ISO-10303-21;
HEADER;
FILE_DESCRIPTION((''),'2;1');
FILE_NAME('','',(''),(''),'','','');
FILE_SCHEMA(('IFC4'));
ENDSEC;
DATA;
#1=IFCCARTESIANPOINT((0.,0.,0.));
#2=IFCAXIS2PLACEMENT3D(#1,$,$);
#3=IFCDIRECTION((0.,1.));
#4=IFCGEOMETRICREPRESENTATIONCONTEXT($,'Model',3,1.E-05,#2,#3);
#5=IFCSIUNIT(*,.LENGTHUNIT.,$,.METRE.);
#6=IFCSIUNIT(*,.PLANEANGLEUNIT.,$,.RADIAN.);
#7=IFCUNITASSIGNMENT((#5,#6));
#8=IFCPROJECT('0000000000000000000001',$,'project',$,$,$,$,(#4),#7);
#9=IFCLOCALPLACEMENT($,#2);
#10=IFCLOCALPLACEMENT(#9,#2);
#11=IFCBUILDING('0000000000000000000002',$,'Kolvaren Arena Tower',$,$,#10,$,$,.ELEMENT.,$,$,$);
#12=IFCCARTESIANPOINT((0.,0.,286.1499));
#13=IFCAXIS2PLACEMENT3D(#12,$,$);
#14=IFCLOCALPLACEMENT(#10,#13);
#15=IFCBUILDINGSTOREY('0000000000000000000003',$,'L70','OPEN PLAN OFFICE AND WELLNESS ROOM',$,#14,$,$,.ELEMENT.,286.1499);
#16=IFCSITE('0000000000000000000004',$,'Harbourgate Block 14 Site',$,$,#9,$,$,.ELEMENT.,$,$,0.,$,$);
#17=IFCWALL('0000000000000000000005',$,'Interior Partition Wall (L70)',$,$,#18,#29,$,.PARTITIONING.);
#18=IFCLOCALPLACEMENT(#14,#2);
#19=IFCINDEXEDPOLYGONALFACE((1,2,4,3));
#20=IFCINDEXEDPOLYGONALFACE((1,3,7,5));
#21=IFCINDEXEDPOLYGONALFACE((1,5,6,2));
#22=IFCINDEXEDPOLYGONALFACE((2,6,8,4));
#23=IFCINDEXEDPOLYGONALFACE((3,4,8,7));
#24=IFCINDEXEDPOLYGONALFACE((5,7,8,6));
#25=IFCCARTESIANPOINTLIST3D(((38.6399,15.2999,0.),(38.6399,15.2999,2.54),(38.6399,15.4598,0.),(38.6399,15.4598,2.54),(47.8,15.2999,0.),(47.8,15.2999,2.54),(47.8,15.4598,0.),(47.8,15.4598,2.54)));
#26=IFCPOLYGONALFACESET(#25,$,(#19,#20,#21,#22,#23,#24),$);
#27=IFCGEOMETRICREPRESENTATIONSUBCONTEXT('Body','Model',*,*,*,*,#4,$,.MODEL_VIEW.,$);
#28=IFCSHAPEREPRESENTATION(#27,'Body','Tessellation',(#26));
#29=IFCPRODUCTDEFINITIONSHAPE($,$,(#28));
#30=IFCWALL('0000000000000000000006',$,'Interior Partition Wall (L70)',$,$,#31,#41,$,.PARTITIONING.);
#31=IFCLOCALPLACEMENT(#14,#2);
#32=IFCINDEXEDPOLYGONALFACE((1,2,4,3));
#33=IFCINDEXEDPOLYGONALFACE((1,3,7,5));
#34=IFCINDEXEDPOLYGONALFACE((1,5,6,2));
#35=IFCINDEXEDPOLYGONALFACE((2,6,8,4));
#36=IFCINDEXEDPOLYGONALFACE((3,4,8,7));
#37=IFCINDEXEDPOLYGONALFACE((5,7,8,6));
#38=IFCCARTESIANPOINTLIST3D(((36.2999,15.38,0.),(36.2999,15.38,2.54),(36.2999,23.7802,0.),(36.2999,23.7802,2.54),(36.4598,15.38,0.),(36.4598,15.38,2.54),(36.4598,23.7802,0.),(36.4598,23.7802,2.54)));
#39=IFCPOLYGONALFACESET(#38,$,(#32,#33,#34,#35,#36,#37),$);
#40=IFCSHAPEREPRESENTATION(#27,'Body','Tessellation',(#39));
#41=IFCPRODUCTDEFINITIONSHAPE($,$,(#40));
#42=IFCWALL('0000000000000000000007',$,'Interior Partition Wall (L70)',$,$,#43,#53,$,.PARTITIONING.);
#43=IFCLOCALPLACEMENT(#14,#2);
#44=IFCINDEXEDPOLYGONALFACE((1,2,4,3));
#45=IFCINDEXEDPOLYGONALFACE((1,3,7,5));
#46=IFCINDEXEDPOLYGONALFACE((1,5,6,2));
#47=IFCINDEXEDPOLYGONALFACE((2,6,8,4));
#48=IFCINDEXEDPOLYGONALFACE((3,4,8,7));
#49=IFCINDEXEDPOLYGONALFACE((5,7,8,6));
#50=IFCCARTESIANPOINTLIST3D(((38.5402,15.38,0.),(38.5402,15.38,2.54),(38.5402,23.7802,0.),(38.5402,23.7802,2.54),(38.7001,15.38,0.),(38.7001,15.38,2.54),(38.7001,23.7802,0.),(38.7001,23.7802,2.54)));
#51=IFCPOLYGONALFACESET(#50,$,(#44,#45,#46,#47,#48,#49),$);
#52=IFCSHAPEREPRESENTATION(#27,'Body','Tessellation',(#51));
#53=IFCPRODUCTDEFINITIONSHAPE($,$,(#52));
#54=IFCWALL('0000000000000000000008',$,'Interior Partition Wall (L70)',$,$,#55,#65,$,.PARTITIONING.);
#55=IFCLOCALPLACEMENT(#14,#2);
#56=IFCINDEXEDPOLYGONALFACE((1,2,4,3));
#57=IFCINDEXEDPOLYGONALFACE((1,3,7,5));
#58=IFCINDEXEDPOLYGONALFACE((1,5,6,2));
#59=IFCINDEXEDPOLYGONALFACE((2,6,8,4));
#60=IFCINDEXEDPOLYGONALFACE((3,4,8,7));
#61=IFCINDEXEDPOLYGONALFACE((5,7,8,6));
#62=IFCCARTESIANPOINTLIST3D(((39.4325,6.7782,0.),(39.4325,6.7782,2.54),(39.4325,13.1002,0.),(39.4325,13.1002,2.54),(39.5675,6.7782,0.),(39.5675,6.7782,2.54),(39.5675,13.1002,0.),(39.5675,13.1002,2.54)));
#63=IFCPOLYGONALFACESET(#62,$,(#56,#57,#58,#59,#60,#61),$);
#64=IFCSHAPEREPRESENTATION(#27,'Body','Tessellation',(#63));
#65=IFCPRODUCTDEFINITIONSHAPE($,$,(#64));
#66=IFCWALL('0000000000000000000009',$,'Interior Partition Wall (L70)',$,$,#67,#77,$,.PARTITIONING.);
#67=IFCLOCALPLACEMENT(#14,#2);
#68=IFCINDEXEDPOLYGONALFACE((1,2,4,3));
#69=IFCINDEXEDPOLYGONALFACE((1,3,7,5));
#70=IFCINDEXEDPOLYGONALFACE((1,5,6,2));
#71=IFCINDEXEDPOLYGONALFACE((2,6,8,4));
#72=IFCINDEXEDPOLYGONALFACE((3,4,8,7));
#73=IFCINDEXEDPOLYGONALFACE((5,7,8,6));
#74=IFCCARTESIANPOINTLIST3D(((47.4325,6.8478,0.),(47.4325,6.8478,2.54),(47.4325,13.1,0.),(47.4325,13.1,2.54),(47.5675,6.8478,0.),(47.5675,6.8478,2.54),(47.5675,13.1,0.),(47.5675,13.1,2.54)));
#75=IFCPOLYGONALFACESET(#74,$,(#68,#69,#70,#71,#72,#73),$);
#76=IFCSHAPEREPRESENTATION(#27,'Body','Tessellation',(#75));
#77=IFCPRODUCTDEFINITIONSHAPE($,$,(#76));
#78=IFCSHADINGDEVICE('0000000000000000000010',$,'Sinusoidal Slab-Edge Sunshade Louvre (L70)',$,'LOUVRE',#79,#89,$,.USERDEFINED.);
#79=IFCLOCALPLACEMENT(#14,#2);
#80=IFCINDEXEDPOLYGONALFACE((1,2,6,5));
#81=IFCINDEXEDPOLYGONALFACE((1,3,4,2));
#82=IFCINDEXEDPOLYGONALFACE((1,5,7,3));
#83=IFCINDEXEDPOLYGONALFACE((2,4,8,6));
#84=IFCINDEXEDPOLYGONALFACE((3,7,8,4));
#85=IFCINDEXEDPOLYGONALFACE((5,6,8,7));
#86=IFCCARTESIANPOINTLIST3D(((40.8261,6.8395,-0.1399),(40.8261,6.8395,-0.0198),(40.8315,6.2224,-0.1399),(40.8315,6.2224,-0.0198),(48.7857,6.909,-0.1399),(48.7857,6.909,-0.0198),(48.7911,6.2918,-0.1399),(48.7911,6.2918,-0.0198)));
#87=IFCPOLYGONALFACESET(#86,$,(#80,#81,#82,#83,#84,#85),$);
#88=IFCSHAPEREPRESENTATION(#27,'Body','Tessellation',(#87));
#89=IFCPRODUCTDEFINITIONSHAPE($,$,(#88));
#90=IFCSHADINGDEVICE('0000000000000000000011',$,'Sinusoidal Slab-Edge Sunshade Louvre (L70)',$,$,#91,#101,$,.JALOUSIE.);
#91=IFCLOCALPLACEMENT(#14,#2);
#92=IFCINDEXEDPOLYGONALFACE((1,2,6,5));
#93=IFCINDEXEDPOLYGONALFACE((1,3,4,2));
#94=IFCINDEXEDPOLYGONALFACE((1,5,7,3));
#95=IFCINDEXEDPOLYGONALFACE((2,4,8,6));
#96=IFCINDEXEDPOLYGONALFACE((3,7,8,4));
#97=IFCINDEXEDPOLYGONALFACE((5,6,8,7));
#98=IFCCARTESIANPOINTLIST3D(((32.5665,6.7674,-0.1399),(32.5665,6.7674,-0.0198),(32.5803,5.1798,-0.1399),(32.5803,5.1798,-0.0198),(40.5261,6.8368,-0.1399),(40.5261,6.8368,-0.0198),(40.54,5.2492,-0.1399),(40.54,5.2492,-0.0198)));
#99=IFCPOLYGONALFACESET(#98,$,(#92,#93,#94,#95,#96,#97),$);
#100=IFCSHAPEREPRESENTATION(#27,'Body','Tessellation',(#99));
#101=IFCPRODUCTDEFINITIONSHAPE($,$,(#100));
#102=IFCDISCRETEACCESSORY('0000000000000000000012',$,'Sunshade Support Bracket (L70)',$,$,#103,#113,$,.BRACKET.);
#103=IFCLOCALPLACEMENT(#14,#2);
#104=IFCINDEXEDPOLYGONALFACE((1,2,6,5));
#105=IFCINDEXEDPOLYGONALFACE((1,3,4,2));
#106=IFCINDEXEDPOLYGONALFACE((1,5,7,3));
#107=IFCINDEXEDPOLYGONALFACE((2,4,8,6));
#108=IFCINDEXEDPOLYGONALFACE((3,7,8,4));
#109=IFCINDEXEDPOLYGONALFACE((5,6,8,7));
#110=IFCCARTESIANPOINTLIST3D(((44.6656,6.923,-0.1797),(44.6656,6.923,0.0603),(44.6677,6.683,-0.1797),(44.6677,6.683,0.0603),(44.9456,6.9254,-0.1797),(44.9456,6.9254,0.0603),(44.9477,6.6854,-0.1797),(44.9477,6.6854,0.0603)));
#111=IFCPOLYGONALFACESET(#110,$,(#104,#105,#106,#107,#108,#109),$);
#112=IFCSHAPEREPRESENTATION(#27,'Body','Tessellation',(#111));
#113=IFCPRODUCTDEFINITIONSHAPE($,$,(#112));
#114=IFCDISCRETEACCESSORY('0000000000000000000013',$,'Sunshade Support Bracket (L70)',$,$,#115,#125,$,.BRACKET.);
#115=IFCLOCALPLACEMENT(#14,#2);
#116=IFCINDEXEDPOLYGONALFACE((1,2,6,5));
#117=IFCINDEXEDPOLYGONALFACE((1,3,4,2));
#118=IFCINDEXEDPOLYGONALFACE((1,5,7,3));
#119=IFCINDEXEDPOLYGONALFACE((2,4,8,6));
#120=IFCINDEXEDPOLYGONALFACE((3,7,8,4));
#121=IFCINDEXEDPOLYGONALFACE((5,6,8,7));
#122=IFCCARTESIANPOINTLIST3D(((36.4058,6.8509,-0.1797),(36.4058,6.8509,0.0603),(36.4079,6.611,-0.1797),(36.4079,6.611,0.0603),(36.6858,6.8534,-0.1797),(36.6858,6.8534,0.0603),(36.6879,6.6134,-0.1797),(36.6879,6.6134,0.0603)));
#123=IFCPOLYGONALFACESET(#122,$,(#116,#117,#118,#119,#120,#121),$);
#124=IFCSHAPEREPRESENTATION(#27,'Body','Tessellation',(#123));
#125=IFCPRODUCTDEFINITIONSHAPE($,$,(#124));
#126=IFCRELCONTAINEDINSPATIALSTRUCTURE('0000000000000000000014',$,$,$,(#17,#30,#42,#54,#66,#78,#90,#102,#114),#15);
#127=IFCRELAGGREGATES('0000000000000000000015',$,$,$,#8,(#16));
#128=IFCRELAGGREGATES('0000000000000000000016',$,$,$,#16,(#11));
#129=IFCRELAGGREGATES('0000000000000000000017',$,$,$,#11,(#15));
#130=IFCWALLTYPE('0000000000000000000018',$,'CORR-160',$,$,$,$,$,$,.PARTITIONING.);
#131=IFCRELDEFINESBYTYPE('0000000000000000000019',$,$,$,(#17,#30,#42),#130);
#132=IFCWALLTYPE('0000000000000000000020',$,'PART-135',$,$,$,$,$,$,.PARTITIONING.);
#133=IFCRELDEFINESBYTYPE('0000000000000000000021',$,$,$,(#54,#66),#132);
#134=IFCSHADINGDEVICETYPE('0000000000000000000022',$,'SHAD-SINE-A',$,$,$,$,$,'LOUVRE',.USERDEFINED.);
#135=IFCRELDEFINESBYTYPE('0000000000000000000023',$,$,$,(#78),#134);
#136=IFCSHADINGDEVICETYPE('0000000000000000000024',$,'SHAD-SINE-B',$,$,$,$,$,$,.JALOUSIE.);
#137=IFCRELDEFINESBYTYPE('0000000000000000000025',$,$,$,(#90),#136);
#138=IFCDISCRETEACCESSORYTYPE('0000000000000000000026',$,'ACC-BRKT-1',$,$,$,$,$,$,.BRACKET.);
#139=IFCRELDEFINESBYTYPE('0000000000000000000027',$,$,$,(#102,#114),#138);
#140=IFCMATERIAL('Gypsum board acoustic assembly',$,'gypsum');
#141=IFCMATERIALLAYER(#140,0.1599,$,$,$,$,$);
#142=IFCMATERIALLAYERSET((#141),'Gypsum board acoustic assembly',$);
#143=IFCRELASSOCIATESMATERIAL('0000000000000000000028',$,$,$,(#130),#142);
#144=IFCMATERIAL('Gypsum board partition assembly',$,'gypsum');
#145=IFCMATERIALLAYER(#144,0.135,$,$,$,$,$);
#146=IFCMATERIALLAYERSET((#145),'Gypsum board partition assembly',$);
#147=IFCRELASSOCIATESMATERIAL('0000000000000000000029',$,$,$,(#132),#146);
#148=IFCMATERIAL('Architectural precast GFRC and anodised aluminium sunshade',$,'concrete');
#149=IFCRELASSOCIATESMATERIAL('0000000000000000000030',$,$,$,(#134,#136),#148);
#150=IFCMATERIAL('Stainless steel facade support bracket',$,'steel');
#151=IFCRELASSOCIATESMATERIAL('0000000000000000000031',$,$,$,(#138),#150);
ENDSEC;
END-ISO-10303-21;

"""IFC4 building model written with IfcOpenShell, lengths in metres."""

from ifc_helpers import new_model, si_unit, direction, frame, frame_2d, origin, origin_2d, place, context, subcontext, project, spatial, rectangle, extrude, material, layer, layer_set, type_object, element, save


model = new_model("IFC4")

# Units and contexts
model_context = context("Model", 3, precision=1e-05, world=origin(), true_north=direction((0.0, 1.0)))
body_context = subcontext(model_context, "Body", "Model", "MODEL_VIEW")
ifc_project = project(units=[si_unit("LENGTHUNIT", "METRE"), si_unit("PLANEANGLEUNIT", "RADIAN")], contexts=[model_context])

# Site, building, storey
site_placement = place(None, origin())
site = spatial("IfcSite", under=ifc_project, at=site_placement, Name="Harbourgate Block 14 Site", CompositionType="ELEMENT", RefElevation=0.0)
building_placement = place(site_placement, origin())
building = spatial("IfcBuilding", under=site, at=building_placement, Name="Kolvaren Arena Tower", CompositionType="ELEMENT")
storey_placement = place(building_placement, frame((0.0, 0.0, 286.1499)))
storey = spatial("IfcBuildingStorey", under=building, at=storey_placement, Name="L70", Description="OPEN PLAN OFFICE AND WELLNESS ROOM", CompositionType="ELEMENT", Elevation=286.1499)

# Walls
ifc_material_1 = material(Name="Gypsum board acoustic assembly", Category="gypsum")
ifc_layer_1 = layer(ifc_material_1, 0.1599)
ifc_layer_set_1 = layer_set([ifc_layer_1], Name="Gypsum board acoustic assembly")
wall_type_1 = type_object("IfcWallType", Name="CORR-160", PredefinedType="PARTITIONING", material=ifc_layer_set_1)
wall_1_placement = place(storey_placement, frame((38.6399, 15.3799, 0.0), z_axis=(0.0, 0.0, 1.0), x_axis=(1.0, 0.0, 0.0)))
element("IfcWall", 1, at=wall_1_placement, inside=storey, type_object=wall_type_1, Name="Interior Partition Wall (L70)", PredefinedType="PARTITIONING", context=body_context, shape_type="SweptSolid", body=[
    extrude(rectangle(XDim=9.1602, YDim=0.1599, at=frame_2d((4.5801, 0.0))), origin(), (0.0, 0.0, 1.0), 2.54),
])
for number, where, z_axis, x_axis, name in (
    (2, (36.3799, 15.3799, 0.0), (0.0, 0.0, 1.0), (0.0, 1.0, 0.0), "Interior Partition Wall (L70)"),
    (3, (38.6201, 15.3799, 0.0), (0.0, 0.0, 1.0), (0.0, 1.0, 0.0), "Interior Partition Wall (L70)"),
):
    element("IfcWall", number, at=place(storey_placement, frame(where, z_axis=z_axis, x_axis=x_axis)), inside=storey, type_object=wall_type_1, Name=name, PredefinedType="PARTITIONING", context=body_context, shape_type="SweptSolid", body=[
        extrude(rectangle(XDim=8.4001, YDim=0.1599, at=frame_2d((4.2002, 0.0))), origin(), (0.0, 0.0, 1.0), 2.54),
    ])
ifc_material_2 = material(Name="Gypsum board partition assembly", Category="gypsum")
ifc_layer_2 = layer(ifc_material_2, 0.135)
ifc_layer_set_2 = layer_set([ifc_layer_2], Name="Gypsum board partition assembly")
wall_type_2 = type_object("IfcWallType", Name="PART-135", PredefinedType="PARTITIONING", material=ifc_layer_set_2)
wall_2_placement = place(storey_placement, frame((39.5, 6.7781, 0.0), z_axis=(0.0, 0.0, 1.0), x_axis=(0.0, 1.0, 0.0)))
element("IfcWall", 4, at=wall_2_placement, inside=storey, type_object=wall_type_2, Name="Interior Partition Wall (L70)", PredefinedType="PARTITIONING", context=body_context, shape_type="SweptSolid", body=[
    extrude(rectangle(XDim=6.322, YDim=0.135, at=frame_2d((3.1611, 0.0))), origin(), (0.0, 0.0, 1.0), 2.54),
])
wall_3_placement = place(storey_placement, frame((47.5, 6.8479, 0.0), z_axis=(0.0, 0.0, 1.0), x_axis=(0.0, 1.0, 0.0)))
element("IfcWall", 5, at=wall_3_placement, inside=storey, type_object=wall_type_2, Name="Interior Partition Wall (L70)", PredefinedType="PARTITIONING", context=body_context, shape_type="SweptSolid", body=[
    extrude(rectangle(XDim=6.2522, YDim=0.135, at=frame_2d((3.126, 0.0))), origin(), (0.0, 0.0, 1.0), 2.54),
])

# Shading devices
ifc_material_3 = material(Name="Architectural precast GFRC and anodised aluminium sunshade", Category="concrete")
shading_device_type_1 = type_object("IfcShadingDeviceType", Name="SHAD-SINE-A", ElementType="LOUVRE", PredefinedType="USERDEFINED", material=ifc_material_3)
shading_device_1_placement = place(storey_placement, frame((44.8086, 6.5657, -0.1399), z_axis=(0.0, 0.0, 1.0), x_axis=(-0.999962, -0.008727, 0.0)))
element("IfcShadingDevice", 6, at=shading_device_1_placement, inside=storey, type_object=shading_device_type_1, Name="Sinusoidal Slab-Edge Sunshade Louvre (L70)", ObjectType="LOUVRE", PredefinedType="USERDEFINED", context=body_context, shape_type="SweptSolid", body=[
    extrude(rectangle(XDim=7.96, YDim=0.6172, at=origin_2d()), origin(), (0.0, 0.0, 1.0), 0.1201),
])
shading_device_type_2 = type_object("IfcShadingDeviceType", Name="SHAD-SINE-B", PredefinedType="JALOUSIE", material=ifc_material_3)
shading_device_2_placement = place(storey_placement, frame((36.5532, 6.0083, -0.1399), z_axis=(0.0, 0.0, 1.0), x_axis=(-0.999962, -0.008727, 0.0)))
element("IfcShadingDevice", 7, at=shading_device_2_placement, inside=storey, type_object=shading_device_type_2, Name="Sinusoidal Slab-Edge Sunshade Louvre (L70)", PredefinedType="JALOUSIE", context=body_context, shape_type="SweptSolid", body=[
    extrude(rectangle(XDim=7.96, YDim=1.5876, at=origin_2d()), origin(), (0.0, 0.0, 1.0), 0.1201),
])

# Discrete accessories
ifc_material_4 = material(Name="Stainless steel facade support bracket", Category="steel")
discrete_accessory_type = type_object("IfcDiscreteAccessoryType", Name="ACC-BRKT-1", PredefinedType="BRACKET", material=ifc_material_4)
for number, where, z_axis, x_axis, name in (
    (8, (44.8066, 6.8042, -0.1797), (0.0, 0.0, 1.0), (-0.999962, -0.008727, 0.0), "Sunshade Support Bracket (L70)"),
    (9, (36.5469, 6.7322, -0.1797), (0.0, 0.0, 1.0), (-0.999962, -0.008727, 0.0), "Sunshade Support Bracket (L70)"),
):
    element("IfcDiscreteAccessory", number, at=place(storey_placement, frame(where, z_axis=z_axis, x_axis=x_axis)), inside=storey, type_object=discrete_accessory_type, Name=name, PredefinedType="BRACKET", context=body_context, shape_type="SweptSolid", body=[
        extrude(rectangle(XDim=0.28, YDim=0.24, at=origin_2d()), origin(), (0.0, 0.0, 1.0), 0.24),
    ])

save(model, "model.ifc")
